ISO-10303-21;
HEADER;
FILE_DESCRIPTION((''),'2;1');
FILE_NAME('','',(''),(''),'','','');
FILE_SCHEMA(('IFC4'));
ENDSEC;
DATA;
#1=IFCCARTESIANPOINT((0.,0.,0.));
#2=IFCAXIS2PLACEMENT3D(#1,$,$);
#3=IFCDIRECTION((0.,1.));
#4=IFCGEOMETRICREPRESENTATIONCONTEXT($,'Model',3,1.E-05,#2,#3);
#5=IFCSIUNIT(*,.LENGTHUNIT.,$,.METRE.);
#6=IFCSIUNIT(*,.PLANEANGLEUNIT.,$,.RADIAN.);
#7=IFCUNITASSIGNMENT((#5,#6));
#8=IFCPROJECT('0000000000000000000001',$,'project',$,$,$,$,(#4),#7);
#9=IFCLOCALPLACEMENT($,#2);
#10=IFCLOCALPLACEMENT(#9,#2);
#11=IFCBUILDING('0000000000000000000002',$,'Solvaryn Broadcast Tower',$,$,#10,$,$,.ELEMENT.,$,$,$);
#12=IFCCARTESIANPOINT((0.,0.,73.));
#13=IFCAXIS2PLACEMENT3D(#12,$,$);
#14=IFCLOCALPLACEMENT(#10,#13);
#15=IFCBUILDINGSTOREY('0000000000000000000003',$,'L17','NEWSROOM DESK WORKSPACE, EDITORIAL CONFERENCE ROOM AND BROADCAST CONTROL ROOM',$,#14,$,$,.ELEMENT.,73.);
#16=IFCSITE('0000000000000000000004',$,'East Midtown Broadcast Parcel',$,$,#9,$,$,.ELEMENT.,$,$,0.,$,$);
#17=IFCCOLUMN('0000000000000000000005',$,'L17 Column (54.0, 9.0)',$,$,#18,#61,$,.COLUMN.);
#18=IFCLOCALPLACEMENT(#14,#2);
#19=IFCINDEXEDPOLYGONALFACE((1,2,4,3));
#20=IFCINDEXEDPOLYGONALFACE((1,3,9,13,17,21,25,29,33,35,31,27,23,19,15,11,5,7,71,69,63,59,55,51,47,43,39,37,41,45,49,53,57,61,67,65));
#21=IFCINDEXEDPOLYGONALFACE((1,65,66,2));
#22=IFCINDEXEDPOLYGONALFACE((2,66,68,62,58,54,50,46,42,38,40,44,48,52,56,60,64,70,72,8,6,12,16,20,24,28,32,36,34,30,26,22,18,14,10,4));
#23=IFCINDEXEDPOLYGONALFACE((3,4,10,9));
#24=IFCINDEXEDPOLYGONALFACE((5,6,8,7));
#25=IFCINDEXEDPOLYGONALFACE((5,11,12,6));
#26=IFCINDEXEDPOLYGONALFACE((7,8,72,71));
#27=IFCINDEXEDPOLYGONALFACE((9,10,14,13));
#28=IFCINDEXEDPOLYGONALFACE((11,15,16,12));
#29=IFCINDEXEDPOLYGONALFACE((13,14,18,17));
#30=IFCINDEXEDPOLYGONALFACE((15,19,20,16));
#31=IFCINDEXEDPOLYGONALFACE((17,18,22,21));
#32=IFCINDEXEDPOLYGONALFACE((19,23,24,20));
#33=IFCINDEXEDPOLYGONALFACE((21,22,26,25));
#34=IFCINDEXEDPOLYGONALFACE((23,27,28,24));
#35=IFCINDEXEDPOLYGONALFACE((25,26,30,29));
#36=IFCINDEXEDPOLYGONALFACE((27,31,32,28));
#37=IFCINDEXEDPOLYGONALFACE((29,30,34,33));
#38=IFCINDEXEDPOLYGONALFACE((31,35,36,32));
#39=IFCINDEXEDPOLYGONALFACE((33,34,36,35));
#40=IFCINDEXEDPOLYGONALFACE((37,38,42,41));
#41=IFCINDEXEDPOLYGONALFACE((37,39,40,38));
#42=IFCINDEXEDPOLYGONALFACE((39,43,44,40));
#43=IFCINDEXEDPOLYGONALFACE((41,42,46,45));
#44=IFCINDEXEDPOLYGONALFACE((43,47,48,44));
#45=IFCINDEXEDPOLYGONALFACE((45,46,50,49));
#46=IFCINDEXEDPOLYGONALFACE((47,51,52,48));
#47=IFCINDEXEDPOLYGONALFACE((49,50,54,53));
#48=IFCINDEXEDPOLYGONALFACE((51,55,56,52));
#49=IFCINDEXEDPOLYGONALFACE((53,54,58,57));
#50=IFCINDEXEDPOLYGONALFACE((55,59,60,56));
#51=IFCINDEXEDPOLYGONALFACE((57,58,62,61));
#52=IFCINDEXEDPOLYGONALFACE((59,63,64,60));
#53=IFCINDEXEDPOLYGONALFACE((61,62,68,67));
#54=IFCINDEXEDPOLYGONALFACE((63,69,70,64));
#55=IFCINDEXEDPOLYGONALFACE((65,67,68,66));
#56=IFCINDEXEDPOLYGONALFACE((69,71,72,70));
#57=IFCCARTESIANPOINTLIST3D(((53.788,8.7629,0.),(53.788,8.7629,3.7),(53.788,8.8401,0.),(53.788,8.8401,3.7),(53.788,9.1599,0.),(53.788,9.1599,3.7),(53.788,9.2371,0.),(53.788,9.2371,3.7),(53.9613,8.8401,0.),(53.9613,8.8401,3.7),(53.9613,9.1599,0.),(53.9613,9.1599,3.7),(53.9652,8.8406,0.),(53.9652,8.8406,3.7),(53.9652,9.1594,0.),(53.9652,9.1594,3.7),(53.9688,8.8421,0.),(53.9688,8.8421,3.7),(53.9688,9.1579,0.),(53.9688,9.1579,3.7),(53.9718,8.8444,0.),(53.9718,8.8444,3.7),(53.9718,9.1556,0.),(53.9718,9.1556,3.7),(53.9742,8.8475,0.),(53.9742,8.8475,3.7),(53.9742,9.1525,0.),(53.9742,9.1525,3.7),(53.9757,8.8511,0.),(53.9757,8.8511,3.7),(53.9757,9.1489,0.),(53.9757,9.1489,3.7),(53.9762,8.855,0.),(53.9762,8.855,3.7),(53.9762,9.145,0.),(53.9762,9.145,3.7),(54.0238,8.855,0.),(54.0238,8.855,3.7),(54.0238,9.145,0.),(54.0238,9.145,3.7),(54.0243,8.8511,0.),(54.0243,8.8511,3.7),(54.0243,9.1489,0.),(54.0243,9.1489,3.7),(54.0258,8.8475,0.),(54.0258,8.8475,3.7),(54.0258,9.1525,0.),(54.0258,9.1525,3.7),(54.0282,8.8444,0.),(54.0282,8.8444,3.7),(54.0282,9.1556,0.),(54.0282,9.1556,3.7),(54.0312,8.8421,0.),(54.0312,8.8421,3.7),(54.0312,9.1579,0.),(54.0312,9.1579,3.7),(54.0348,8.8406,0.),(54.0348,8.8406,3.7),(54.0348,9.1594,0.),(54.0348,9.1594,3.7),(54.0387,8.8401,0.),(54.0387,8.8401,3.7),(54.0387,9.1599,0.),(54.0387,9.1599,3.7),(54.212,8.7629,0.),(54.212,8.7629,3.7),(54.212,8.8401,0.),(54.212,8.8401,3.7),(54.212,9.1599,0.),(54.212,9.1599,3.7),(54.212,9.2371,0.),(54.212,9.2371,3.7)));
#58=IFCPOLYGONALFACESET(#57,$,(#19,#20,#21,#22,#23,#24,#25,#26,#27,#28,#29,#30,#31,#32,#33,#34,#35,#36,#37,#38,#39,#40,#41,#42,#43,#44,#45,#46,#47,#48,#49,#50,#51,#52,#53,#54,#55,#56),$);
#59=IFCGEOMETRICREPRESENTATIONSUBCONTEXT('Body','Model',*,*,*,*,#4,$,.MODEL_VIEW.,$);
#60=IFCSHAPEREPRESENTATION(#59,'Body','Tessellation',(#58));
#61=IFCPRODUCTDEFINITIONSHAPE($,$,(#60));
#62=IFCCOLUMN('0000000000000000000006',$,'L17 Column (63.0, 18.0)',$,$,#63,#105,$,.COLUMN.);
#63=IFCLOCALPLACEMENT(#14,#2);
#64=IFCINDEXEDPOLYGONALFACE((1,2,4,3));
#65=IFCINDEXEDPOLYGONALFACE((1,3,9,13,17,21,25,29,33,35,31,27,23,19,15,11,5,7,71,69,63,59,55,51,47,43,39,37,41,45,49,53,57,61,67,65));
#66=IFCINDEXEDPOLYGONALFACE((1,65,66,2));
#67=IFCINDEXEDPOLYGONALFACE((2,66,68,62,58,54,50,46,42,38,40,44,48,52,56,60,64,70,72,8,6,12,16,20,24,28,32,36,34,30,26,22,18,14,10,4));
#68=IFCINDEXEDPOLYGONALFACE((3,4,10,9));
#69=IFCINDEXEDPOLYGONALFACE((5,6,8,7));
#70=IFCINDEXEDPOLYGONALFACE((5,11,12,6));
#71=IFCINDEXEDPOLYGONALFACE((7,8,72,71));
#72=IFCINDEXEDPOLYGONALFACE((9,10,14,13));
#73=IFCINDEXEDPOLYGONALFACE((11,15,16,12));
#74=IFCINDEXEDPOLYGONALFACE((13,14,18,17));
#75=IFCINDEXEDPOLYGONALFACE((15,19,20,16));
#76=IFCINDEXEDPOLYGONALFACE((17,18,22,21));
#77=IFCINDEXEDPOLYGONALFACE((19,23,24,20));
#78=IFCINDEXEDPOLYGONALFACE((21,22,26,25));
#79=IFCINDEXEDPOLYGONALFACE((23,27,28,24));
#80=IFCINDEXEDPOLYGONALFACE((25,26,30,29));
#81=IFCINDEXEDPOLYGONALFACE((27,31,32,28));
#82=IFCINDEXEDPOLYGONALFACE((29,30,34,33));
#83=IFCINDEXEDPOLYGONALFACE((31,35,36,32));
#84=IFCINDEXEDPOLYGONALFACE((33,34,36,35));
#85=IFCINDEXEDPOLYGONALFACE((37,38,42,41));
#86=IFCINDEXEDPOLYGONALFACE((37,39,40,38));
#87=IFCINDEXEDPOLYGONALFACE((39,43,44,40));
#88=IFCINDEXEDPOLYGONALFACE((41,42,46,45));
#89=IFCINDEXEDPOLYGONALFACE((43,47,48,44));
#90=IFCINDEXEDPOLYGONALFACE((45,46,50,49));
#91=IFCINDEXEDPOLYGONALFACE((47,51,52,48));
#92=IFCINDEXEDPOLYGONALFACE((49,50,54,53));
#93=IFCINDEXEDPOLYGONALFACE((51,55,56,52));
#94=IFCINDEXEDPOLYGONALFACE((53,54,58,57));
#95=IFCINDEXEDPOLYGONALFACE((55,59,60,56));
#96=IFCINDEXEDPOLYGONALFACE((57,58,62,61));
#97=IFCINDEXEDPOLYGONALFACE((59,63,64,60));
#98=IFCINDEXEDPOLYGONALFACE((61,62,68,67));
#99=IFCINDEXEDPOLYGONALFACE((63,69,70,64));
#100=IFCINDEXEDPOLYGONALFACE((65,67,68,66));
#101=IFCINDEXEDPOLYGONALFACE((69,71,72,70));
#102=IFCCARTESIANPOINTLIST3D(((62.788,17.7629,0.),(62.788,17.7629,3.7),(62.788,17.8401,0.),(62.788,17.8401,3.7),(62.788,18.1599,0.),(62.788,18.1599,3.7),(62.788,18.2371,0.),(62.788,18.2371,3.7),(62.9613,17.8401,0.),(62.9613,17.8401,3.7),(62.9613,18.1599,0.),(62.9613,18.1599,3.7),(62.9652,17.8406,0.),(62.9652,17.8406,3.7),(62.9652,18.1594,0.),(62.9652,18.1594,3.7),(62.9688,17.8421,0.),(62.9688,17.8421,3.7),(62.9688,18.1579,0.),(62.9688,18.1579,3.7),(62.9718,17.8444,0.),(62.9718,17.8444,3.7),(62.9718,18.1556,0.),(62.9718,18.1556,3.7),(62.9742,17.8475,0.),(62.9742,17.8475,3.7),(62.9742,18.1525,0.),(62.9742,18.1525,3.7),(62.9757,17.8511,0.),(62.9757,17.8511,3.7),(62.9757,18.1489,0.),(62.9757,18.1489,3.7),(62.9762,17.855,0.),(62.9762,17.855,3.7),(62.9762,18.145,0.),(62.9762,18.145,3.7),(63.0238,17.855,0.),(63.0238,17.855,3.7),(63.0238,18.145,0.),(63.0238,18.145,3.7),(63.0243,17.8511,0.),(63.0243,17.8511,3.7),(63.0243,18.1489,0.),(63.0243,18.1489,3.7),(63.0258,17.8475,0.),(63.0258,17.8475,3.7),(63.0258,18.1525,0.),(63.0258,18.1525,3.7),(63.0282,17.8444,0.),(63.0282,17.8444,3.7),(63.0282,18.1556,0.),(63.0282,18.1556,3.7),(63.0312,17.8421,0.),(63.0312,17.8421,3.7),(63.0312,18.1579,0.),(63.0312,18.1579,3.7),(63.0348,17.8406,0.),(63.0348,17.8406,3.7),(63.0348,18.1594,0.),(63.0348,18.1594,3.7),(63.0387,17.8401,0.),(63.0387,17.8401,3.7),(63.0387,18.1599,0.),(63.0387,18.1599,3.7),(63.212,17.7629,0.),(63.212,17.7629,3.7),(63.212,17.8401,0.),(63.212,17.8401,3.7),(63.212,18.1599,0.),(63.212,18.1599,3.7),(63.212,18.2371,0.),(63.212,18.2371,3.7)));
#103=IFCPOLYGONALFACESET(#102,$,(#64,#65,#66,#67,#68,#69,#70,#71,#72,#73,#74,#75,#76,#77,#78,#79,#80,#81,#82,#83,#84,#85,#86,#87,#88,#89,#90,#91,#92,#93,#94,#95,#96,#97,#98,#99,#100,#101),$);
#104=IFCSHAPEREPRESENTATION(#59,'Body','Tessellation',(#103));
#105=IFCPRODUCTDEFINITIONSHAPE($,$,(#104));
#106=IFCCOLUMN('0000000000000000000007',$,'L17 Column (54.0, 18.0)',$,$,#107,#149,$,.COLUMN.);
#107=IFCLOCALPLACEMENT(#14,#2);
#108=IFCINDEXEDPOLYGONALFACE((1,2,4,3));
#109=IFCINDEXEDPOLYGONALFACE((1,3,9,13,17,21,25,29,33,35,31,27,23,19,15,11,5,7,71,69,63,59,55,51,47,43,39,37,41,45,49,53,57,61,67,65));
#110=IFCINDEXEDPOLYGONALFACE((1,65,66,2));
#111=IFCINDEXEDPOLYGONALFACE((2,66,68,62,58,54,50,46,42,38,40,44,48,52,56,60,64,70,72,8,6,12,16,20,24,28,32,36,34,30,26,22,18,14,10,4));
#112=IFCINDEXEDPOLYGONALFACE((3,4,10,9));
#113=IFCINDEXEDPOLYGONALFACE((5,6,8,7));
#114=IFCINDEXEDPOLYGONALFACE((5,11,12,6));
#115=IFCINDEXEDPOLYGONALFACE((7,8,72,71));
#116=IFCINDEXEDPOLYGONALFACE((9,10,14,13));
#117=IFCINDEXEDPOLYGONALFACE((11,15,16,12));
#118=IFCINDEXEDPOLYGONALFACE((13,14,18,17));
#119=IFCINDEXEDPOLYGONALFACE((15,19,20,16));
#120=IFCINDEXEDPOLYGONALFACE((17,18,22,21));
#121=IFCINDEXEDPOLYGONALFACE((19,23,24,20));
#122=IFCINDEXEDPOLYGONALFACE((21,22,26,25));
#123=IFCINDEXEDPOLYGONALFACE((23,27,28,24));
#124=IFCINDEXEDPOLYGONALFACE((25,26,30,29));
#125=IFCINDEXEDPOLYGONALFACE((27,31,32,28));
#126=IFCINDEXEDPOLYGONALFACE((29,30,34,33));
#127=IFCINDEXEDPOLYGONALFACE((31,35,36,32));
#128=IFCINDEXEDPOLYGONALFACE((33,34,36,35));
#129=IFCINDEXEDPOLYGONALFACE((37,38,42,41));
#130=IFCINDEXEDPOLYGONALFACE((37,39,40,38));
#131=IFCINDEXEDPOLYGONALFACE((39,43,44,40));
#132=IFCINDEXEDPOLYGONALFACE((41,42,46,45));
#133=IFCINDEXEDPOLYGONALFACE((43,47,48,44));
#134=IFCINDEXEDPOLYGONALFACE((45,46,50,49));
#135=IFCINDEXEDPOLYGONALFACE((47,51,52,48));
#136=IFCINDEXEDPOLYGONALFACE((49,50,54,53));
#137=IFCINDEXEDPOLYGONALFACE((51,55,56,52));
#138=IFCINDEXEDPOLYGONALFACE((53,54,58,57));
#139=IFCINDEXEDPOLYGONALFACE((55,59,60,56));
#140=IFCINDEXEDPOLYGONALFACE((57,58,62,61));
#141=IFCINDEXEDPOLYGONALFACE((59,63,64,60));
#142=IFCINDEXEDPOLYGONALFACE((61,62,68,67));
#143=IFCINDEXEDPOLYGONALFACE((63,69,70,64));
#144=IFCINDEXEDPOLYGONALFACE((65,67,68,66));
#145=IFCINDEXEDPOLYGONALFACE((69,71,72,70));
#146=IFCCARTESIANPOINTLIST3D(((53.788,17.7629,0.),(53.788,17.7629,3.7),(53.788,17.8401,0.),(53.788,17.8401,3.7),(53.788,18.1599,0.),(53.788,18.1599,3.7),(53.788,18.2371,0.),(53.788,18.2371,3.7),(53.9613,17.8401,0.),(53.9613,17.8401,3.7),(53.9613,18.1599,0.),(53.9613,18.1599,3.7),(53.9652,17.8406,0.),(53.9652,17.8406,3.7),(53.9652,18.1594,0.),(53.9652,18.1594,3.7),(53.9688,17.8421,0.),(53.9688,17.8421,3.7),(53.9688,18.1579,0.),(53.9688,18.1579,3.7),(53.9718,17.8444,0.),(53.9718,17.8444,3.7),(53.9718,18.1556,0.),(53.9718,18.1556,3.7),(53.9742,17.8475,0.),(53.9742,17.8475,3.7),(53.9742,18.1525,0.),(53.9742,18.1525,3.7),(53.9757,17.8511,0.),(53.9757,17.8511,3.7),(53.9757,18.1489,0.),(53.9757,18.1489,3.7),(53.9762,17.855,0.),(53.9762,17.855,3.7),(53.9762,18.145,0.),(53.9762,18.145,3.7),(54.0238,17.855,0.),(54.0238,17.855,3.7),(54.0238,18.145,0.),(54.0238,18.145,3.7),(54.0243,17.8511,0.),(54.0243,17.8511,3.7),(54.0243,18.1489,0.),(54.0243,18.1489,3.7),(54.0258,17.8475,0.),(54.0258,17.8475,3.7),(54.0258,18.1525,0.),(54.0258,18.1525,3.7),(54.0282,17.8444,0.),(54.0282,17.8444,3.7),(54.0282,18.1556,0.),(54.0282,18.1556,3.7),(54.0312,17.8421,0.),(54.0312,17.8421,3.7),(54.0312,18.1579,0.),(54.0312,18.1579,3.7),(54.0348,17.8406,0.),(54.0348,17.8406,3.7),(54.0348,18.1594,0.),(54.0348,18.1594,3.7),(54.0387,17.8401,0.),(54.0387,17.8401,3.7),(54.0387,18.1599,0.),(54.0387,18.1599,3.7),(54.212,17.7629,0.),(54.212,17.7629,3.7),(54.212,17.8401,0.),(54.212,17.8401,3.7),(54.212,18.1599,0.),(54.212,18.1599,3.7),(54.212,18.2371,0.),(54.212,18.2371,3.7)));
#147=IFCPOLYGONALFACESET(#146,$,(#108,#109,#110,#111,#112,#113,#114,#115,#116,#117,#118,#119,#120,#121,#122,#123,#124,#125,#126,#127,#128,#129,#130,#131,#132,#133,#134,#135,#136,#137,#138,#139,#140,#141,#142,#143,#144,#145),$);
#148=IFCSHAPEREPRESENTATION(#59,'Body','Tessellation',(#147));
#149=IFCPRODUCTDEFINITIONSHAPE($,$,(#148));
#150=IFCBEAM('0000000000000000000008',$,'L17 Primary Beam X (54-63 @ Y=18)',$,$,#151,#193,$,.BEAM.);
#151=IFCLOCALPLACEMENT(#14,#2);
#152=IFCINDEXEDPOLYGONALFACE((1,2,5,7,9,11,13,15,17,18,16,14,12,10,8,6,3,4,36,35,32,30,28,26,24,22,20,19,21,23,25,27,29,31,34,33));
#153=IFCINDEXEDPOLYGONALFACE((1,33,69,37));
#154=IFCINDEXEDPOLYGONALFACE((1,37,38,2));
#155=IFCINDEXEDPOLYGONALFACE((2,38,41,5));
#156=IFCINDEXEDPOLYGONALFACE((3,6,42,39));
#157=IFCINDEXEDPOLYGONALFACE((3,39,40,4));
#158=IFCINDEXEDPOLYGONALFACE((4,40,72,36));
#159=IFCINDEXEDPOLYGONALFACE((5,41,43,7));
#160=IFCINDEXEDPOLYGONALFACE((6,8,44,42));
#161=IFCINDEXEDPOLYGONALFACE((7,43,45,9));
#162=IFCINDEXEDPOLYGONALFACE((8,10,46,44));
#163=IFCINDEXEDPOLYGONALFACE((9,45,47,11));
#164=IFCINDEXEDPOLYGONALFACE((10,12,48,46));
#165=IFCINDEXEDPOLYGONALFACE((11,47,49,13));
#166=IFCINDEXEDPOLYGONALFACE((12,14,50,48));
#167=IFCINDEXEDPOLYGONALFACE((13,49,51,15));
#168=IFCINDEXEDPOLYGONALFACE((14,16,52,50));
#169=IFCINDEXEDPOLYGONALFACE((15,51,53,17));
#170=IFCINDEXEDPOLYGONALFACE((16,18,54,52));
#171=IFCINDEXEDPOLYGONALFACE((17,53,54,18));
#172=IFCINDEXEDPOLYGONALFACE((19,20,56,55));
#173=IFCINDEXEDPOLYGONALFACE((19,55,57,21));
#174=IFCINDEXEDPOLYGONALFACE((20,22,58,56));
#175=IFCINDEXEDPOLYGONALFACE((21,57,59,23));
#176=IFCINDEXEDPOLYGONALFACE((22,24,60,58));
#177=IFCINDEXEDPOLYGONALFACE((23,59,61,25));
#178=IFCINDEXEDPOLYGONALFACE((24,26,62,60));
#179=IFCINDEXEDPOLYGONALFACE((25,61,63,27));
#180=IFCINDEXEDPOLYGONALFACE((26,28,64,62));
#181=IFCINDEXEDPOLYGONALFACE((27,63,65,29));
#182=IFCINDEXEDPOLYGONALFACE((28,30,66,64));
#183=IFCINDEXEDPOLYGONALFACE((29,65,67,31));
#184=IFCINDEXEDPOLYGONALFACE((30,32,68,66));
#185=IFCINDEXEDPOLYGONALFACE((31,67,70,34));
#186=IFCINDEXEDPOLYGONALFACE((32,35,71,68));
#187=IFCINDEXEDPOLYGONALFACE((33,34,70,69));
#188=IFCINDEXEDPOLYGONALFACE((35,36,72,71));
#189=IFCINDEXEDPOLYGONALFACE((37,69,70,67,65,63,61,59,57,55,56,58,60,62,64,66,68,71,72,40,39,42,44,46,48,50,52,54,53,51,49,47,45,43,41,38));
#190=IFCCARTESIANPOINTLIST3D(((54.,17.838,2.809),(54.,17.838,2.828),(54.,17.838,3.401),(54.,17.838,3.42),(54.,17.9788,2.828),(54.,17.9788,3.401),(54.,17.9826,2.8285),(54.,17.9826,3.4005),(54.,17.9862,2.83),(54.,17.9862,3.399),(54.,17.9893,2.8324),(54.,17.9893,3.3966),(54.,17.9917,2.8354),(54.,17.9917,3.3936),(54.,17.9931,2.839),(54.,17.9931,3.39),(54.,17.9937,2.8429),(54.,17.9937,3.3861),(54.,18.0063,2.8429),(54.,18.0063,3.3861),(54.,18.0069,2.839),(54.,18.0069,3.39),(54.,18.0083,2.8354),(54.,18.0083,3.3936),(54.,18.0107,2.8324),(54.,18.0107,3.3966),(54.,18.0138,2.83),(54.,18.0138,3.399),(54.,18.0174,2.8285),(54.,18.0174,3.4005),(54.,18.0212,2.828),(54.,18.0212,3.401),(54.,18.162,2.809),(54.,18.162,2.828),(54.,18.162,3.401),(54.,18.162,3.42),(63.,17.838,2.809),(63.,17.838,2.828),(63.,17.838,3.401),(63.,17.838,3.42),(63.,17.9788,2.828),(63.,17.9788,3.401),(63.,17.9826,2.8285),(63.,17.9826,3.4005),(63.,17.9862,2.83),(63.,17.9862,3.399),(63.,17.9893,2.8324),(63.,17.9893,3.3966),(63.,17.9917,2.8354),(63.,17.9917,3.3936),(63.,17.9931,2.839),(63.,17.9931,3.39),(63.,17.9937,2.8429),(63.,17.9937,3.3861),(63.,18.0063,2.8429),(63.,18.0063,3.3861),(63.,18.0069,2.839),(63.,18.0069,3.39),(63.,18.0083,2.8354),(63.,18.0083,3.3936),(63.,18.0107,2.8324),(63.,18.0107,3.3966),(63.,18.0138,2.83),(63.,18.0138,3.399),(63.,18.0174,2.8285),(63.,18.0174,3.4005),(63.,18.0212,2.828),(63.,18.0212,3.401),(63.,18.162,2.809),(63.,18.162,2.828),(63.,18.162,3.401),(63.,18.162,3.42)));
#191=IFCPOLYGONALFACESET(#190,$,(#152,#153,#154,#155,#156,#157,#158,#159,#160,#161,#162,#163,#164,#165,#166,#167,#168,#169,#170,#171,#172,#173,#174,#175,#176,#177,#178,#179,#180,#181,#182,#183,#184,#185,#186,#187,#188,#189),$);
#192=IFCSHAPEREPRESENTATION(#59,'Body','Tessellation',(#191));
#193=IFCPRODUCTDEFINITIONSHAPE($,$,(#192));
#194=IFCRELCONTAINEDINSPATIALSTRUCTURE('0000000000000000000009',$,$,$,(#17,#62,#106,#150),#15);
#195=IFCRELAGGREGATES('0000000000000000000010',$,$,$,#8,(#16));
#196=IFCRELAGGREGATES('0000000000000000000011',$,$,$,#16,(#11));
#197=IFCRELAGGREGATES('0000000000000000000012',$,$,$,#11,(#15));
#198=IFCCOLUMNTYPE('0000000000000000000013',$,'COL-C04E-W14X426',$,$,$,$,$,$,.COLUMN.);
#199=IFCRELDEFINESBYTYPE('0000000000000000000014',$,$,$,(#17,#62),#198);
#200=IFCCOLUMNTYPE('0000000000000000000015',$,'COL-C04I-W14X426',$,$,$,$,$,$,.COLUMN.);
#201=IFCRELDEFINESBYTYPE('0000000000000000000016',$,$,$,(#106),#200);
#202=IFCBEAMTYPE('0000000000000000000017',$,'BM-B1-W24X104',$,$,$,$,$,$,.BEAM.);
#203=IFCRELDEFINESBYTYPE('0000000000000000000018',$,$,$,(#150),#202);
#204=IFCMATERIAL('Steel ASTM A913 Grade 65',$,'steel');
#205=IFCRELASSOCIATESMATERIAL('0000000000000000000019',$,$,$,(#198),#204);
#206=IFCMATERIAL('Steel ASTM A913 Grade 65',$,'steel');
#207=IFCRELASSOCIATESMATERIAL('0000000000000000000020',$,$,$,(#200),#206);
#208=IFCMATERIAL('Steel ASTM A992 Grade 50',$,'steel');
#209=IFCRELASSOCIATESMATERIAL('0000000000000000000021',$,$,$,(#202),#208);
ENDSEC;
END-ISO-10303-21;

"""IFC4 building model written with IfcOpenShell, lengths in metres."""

from ifc_helpers import new_model, si_unit, direction, frame, origin, origin_2d, place, context, subcontext, project, spatial, i_section, extrude, material, material_profile, profile_set, type_object, element, save


model = new_model("IFC4")

# Units and contexts
model_context = context("Model", 3, precision=1e-05, world=origin(), true_north=direction((0.0, 1.0)))
body_context = subcontext(model_context, "Body", "Model", "MODEL_VIEW")
ifc_project = project(units=[si_unit("LENGTHUNIT", "METRE"), si_unit("PLANEANGLEUNIT", "RADIAN")], contexts=[model_context])

# Site, building, storey
site_placement = place(None, origin())
site = spatial("IfcSite", under=ifc_project, at=site_placement, Name="East Midtown Broadcast Parcel", CompositionType="ELEMENT", RefElevation=0.0)
building_placement = place(site_placement, origin())
building = spatial("IfcBuilding", under=site, at=building_placement, Name="Solvaryn Broadcast Tower", CompositionType="ELEMENT")
storey_placement = place(building_placement, frame((0.0, 0.0, 73.0)))
storey = spatial("IfcBuildingStorey", under=building, at=storey_placement, Name="L17", Description="NEWSROOM DESK WORKSPACE, EDITORIAL CONFERENCE ROOM AND BROADCAST CONTROL ROOM", CompositionType="ELEMENT", Elevation=73.0)

# Columns
ifc_material_1 = material(Name="Steel ASTM A913 Grade 65", Category="steel")
ifc_material_profile_1 = material_profile(ifc_material_1, i_section(OverallWidth=0.4241, OverallDepth=0.4741, WebThickness=0.0476, FlangeThickness=0.0771, FilletRadius=0.0149, at=origin_2d()))
ifc_profile_set_1 = profile_set([ifc_material_profile_1], Name="Steel ASTM A913 Grade 65")
column_type_1 = type_object("IfcColumnType", Name="COL-C04E-W14X426", PredefinedType="COLUMN", material=ifc_profile_set_1)
for number, where, z_axis, x_axis, name in (
    (1, (54.0, 9.0, 0.0), (0.0, 0.0, 1.0), (1.0, 0.0, 0.0), "L17 Column (54.0, 9.0)"),
    (2, (63.0, 18.0, 0.0), (0.0, 0.0, 1.0), (1.0, 0.0, 0.0), "L17 Column (63.0, 18.0)"),
):
    element("IfcColumn", number, at=place(storey_placement, frame(where, z_axis=z_axis, x_axis=x_axis)), inside=storey, type_object=column_type_1, Name=name, PredefinedType="COLUMN", context=body_context, shape_type="SweptSolid", body=[
        extrude(i_section(OverallWidth=0.4241, OverallDepth=0.4741, WebThickness=0.0476, FlangeThickness=0.0771, FilletRadius=0.0149, at=origin_2d()), origin(), (0.0, 0.0, 1.0), 3.7),
    ])
ifc_material_2 = material(Name="Steel ASTM A913 Grade 65", Category="steel")
ifc_material_profile_2 = material_profile(ifc_material_2, i_section(OverallWidth=0.4241, OverallDepth=0.4741, WebThickness=0.0476, FlangeThickness=0.0771, FilletRadius=0.0149, at=origin_2d()))
ifc_profile_set_2 = profile_set([ifc_material_profile_2], Name="Steel ASTM A913 Grade 65")
column_type_2 = type_object("IfcColumnType", Name="COL-C04I-W14X426", PredefinedType="COLUMN", material=ifc_profile_set_2)
column_placement = place(storey_placement, frame((54.0, 18.0, 0.0), z_axis=(0.0, 0.0, 1.0), x_axis=(1.0, 0.0, 0.0)))
element("IfcColumn", 3, at=column_placement, inside=storey, type_object=column_type_2, Name="L17 Column (54.0, 18.0)", PredefinedType="COLUMN", context=body_context, shape_type="SweptSolid", body=[
    extrude(i_section(OverallWidth=0.4241, OverallDepth=0.4741, WebThickness=0.0476, FlangeThickness=0.0771, FilletRadius=0.0149, at=origin_2d()), origin(), (0.0, 0.0, 1.0), 3.7),
])

# Beam
ifc_material_3 = material(Name="Steel ASTM A992 Grade 50", Category="steel")
ifc_material_profile_3 = material_profile(ifc_material_3, i_section(OverallWidth=0.324, OverallDepth=0.6111, WebThickness=0.0127, FlangeThickness=0.019, FilletRadius=0.0149, at=origin_2d()))
ifc_profile_set_3 = profile_set([ifc_material_profile_3], Name="Steel ASTM A992 Grade 50")
beam_type = type_object("IfcBeamType", Name="BM-B1-W24X104", PredefinedType="BEAM", material=ifc_profile_set_3)
beam_placement = place(storey_placement, frame((54.0, 18.0, 3.1145), z_axis=(1.0, 0.0, 0.0), x_axis=(0.0, 1.0, 0.0)))
element("IfcBeam", 4, at=beam_placement, inside=storey, type_object=beam_type, Name="L17 Primary Beam X (54-63 @ Y=18)", PredefinedType="BEAM", context=body_context, shape_type="SweptSolid", body=[
    extrude(i_section(OverallWidth=0.324, OverallDepth=0.6111, WebThickness=0.0127, FlangeThickness=0.019, FilletRadius=0.0149, at=origin_2d()), origin(), (0.0, 0.0, 1.0), 9.0),
])

save(model, "model.ifc")
